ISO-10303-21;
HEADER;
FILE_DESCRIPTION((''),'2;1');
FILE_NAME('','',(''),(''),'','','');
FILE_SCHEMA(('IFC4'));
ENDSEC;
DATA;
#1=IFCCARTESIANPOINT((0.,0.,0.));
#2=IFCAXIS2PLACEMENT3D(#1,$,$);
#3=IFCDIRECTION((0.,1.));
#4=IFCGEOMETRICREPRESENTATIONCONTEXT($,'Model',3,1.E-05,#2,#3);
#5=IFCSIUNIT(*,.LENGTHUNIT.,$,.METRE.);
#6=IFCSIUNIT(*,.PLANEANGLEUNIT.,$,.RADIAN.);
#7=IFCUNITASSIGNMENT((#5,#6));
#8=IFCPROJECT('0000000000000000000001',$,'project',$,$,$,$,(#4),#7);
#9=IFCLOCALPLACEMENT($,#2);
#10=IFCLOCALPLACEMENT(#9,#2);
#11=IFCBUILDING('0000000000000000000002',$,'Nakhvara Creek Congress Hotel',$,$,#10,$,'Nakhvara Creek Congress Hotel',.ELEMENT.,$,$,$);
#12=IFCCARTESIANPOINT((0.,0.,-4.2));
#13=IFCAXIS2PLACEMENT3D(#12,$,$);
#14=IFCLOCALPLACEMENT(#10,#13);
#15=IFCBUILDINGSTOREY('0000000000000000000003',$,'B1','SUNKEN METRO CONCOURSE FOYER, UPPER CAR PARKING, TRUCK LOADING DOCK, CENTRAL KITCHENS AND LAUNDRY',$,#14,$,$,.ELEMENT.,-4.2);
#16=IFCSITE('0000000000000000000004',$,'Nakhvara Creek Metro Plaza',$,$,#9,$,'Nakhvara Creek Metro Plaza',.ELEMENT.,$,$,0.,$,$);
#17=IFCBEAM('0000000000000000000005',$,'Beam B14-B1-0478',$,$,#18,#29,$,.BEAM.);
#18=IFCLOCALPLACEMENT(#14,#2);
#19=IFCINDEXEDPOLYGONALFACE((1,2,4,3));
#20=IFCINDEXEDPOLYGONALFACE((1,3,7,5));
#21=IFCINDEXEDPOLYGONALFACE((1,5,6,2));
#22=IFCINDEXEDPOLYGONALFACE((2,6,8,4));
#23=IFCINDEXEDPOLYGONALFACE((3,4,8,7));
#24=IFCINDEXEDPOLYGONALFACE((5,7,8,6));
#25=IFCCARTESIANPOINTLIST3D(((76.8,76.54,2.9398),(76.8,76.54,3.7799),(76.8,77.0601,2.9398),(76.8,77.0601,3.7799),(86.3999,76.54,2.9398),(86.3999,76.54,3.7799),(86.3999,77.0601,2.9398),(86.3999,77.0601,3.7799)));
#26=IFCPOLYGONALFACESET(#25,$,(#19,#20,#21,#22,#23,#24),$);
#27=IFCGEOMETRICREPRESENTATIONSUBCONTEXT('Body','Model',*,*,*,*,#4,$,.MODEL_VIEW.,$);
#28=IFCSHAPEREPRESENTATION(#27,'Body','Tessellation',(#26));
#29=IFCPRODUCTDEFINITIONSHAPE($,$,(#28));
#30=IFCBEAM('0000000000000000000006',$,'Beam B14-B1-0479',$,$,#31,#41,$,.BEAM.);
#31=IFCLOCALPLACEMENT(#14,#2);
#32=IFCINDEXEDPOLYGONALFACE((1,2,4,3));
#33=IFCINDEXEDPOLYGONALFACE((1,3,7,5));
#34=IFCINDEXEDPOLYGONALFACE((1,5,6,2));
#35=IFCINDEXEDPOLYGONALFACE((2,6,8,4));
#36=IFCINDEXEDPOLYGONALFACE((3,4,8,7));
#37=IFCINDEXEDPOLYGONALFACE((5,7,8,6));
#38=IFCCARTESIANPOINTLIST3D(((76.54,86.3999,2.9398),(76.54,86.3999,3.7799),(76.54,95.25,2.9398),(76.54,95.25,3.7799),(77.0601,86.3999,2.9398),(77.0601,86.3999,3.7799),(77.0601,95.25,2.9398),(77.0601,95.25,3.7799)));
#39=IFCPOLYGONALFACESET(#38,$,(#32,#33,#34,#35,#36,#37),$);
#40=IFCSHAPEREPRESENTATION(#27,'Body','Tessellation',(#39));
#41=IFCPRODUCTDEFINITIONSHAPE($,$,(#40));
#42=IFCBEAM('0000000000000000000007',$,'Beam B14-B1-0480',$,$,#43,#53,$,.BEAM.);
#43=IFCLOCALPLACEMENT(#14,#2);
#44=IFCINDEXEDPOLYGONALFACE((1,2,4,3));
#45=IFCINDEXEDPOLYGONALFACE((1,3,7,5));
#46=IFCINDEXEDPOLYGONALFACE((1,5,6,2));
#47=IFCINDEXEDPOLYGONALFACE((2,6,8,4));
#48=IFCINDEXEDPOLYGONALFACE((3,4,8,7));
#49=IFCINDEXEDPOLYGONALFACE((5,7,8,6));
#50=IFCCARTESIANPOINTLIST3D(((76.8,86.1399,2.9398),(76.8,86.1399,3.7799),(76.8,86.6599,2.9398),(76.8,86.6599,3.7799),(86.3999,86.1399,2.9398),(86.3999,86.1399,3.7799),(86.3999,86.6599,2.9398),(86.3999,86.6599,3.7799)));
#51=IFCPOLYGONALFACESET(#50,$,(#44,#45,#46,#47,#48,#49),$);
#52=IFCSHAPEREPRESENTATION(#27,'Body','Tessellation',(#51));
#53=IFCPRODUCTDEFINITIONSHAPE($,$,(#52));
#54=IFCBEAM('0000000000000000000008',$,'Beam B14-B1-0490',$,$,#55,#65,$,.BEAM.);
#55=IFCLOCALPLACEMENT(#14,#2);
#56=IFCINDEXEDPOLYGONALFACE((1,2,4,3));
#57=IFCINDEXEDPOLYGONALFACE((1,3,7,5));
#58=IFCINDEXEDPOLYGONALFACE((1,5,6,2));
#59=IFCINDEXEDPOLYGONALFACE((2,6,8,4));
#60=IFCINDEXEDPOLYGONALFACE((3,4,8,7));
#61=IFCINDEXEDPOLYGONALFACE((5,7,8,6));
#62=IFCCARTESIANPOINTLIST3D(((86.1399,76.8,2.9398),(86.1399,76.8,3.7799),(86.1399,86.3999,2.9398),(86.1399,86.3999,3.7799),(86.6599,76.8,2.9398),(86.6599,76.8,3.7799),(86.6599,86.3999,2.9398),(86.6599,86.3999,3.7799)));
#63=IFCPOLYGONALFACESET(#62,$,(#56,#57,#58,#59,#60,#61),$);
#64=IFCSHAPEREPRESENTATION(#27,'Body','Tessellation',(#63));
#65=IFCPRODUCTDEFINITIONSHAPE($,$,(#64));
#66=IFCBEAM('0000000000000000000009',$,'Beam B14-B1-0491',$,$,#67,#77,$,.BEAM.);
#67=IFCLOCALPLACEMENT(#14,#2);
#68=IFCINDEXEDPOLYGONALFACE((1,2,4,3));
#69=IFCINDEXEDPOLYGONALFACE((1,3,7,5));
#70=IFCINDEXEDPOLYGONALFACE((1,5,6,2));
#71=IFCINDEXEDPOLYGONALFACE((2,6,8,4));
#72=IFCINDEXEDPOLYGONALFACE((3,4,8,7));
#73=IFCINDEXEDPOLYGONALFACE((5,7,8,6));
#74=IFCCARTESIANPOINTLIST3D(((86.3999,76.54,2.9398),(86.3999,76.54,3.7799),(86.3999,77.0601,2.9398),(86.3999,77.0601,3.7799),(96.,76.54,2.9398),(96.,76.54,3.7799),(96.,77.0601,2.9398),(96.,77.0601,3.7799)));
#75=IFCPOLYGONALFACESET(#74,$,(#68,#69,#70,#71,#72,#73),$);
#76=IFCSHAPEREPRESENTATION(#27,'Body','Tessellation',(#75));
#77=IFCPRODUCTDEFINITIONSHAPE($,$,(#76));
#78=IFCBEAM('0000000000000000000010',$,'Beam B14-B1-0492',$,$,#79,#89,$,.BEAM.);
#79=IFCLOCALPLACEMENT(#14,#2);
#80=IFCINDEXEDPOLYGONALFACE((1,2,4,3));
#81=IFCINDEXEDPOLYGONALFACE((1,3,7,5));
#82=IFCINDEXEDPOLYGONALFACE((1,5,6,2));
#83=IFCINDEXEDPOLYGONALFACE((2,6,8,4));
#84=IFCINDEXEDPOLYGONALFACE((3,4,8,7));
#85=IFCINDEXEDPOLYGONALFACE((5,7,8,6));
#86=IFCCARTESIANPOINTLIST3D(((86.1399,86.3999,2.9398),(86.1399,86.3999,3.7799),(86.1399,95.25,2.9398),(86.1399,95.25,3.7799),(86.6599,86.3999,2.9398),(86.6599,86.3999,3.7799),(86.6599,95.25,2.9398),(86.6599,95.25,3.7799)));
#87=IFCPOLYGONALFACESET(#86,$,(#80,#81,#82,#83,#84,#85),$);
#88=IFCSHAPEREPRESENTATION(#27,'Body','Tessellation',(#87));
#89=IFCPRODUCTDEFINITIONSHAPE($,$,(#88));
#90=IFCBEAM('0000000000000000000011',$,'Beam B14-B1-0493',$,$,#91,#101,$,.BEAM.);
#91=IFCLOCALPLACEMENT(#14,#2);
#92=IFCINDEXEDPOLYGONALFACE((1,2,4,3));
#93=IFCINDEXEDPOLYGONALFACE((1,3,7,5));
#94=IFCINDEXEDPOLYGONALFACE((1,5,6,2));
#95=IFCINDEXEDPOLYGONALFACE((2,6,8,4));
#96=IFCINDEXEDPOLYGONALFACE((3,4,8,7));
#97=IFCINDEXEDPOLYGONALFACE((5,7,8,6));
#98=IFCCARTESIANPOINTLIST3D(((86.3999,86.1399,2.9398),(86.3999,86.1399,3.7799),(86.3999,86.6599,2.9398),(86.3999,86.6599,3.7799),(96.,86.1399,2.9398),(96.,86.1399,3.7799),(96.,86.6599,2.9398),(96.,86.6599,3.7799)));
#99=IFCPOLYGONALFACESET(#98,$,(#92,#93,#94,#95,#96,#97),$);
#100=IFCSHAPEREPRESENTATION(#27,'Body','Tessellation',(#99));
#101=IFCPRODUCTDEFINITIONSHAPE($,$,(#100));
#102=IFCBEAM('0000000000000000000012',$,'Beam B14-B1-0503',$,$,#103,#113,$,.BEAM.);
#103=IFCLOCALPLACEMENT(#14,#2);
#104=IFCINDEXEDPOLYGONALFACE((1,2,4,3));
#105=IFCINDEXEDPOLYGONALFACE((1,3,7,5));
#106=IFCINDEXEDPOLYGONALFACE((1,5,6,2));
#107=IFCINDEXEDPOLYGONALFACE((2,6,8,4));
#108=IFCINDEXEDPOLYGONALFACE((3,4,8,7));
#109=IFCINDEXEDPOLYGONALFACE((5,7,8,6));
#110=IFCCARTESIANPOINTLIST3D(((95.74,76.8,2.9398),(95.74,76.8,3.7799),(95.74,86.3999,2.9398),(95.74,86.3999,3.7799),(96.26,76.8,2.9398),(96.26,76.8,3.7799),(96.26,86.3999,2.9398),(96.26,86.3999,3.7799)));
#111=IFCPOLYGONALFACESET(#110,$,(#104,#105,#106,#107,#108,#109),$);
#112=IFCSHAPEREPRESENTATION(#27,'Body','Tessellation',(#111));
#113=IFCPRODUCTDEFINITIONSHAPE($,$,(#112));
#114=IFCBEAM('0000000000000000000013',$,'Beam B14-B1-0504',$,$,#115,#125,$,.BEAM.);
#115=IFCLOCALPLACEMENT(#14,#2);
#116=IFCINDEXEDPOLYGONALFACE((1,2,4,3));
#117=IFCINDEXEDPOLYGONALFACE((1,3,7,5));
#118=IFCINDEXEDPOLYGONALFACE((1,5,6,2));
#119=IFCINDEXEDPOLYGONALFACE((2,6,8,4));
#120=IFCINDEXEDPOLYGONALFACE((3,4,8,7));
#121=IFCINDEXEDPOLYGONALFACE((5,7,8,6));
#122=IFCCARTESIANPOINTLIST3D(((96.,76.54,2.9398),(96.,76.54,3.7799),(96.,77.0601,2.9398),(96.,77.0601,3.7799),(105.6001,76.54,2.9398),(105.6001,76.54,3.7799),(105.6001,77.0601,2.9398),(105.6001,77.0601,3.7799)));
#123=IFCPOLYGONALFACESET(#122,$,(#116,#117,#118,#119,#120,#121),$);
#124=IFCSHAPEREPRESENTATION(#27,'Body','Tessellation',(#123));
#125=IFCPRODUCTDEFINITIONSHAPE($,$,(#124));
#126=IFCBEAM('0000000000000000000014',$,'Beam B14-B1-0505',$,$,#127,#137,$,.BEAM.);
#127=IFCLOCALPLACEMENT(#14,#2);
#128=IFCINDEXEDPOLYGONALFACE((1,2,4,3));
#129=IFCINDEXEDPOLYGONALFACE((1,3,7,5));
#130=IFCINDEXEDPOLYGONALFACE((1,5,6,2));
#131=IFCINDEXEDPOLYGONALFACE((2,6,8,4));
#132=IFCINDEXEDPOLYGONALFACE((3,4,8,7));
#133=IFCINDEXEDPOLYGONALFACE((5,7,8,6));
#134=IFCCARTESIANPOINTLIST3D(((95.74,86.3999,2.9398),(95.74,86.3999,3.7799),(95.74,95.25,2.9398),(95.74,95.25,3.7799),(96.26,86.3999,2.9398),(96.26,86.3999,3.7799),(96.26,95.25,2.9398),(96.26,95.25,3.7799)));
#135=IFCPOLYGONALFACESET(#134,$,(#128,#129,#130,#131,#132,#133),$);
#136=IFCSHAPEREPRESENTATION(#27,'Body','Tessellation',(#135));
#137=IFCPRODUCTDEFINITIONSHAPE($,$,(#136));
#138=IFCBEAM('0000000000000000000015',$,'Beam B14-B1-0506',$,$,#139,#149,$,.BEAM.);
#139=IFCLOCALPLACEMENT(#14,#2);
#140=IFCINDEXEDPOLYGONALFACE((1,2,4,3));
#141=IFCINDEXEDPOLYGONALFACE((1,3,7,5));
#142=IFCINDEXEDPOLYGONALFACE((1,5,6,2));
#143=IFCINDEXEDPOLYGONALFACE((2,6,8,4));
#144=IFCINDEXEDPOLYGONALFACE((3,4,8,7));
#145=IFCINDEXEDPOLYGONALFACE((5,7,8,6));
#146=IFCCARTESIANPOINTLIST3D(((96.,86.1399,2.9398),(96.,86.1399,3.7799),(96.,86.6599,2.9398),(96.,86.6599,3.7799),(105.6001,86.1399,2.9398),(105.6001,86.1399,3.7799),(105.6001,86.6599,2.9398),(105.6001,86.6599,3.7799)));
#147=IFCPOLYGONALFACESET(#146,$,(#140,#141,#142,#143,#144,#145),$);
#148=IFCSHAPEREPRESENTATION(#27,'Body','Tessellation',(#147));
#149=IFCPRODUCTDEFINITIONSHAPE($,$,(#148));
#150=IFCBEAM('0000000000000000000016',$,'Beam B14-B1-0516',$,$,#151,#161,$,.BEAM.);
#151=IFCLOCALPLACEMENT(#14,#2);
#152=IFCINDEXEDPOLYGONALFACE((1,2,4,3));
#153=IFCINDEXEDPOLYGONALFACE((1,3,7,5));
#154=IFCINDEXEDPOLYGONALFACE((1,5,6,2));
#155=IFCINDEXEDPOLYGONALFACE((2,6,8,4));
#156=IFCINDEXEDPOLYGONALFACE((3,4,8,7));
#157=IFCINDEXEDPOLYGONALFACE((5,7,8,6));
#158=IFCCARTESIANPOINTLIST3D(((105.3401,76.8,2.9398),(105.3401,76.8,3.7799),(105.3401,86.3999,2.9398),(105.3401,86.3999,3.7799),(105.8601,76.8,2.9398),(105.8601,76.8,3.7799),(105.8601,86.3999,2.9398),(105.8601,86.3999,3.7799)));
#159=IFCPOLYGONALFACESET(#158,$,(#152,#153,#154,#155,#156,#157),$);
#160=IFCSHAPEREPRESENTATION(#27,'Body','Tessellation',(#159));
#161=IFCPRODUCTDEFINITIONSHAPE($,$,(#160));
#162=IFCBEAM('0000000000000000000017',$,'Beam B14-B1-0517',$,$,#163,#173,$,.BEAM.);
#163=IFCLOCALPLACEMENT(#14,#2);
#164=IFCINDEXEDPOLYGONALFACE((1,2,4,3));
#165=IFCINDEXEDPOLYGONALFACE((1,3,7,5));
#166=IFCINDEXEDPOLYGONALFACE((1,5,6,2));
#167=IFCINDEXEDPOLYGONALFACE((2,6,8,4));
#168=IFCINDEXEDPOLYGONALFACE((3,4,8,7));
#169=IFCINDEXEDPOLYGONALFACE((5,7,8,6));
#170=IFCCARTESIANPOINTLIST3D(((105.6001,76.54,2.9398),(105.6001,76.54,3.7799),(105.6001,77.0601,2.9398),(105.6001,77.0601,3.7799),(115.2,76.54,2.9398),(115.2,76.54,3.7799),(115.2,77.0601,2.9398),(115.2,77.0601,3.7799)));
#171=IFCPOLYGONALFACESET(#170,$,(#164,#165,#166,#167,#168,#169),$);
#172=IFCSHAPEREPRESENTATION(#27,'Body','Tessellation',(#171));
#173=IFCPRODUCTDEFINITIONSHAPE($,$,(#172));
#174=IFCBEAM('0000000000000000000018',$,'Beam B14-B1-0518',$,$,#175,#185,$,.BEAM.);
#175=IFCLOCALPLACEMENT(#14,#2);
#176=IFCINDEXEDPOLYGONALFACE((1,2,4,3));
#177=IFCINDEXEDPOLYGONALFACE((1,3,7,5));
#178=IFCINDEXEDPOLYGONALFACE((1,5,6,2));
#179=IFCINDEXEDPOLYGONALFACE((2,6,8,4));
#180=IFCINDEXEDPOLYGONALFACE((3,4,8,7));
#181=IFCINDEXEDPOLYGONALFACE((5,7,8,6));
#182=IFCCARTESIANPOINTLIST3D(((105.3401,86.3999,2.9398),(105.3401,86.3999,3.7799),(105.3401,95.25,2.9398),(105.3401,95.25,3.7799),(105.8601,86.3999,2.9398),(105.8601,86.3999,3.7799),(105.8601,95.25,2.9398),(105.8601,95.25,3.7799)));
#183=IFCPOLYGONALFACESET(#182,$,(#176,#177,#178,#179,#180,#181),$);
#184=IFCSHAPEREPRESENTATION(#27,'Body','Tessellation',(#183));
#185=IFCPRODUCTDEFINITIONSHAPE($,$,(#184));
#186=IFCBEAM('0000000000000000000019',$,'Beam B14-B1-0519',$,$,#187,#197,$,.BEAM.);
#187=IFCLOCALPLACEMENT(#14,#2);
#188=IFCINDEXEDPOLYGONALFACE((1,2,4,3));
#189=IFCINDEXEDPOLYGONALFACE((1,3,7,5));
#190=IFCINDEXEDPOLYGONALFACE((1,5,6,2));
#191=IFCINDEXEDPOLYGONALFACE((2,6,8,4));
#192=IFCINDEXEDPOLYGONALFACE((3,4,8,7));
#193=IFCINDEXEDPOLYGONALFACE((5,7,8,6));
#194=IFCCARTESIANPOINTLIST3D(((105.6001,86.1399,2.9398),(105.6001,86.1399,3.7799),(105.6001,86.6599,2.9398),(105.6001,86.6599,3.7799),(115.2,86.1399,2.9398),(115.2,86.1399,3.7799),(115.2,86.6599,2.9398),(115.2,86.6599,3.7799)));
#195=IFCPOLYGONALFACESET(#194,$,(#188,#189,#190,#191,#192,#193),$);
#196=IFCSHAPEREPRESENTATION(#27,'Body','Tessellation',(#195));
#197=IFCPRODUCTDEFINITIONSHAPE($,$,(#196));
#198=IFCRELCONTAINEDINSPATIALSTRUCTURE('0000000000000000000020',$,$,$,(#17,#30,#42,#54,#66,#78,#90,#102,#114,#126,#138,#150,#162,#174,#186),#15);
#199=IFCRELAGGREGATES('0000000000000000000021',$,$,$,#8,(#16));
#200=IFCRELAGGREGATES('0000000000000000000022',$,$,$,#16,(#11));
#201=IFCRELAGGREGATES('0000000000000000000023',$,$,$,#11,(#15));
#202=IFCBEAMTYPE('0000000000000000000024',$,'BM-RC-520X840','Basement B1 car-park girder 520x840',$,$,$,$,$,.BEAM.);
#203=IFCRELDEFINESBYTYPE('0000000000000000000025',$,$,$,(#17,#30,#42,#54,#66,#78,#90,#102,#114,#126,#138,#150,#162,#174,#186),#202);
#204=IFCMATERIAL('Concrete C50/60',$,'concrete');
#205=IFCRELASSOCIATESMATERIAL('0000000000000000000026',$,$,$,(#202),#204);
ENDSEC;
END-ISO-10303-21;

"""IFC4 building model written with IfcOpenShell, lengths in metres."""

from ifc_helpers import new_model, si_unit, direction, frame, origin, origin_2d, place, context, subcontext, project, spatial, rectangle, extrude, material, material_profile, profile_set, type_object, element, save


model = new_model("IFC4")

# Units and contexts
model_context = context("Model", 3, precision=1e-05, world=origin(), true_north=direction((0.0, 1.0)))
body_context = subcontext(model_context, "Body", "Model", "MODEL_VIEW")
ifc_project = project(units=[si_unit("LENGTHUNIT", "METRE"), si_unit("PLANEANGLEUNIT", "RADIAN")], contexts=[model_context])

# Site, building, storey
site_placement = place(None, origin())
site = spatial("IfcSite", under=ifc_project, at=site_placement, Name="Nakhvara Creek Metro Plaza", LongName="Nakhvara Creek Metro Plaza", CompositionType="ELEMENT", RefElevation=0.0)
building_placement = place(site_placement, origin())
building = spatial("IfcBuilding", under=site, at=building_placement, Name="Nakhvara Creek Congress Hotel", LongName="Nakhvara Creek Congress Hotel", CompositionType="ELEMENT")
storey_placement = place(building_placement, frame((0.0, 0.0, -4.2)))
storey = spatial("IfcBuildingStorey", under=building, at=storey_placement, Name="B1", Description="SUNKEN METRO CONCOURSE FOYER, UPPER CAR PARKING, TRUCK LOADING DOCK, CENTRAL KITCHENS AND LAUNDRY", CompositionType="ELEMENT", Elevation=-4.2)

# Shared definitions
ifc_material_1 = material(Name="Concrete C50/60", Category="concrete")

# Beams
ifc_material_profile_1 = material_profile(ifc_material_1, rectangle(XDim=0.52, YDim=0.8401, at=origin_2d()), Name="RC-BM 520x840", Category="LoadBearing")
ifc_profile_set_1 = profile_set([ifc_material_profile_1], Name="Concrete C50/60")
beam_type_1 = type_object("IfcBeamType", Name="BM-RC-520X840", Description="Basement B1 car-park girder 520x840", PredefinedType="BEAM", material=ifc_profile_set_1)
for number, where, z_axis, x_axis, name in (
    (1, (76.8, 76.8, 3.3599), (1.0, 0.0, 0.0), (0.0, 1.0, 0.0), "Beam B14-B1-0478"),
):
    element("IfcBeam", number, at=place(storey_placement, frame(where, z_axis=z_axis, x_axis=x_axis)), inside=storey, type_object=beam_type_1, Name=name, PredefinedType="BEAM", context=body_context, shape_type="SweptSolid", body=[
        extrude(rectangle(XDim=0.52, YDim=0.8401, at=origin_2d()), origin(), (0.0, 0.0, 1.0), 9.5999),
    ])
beam_1_placement = place(storey_placement, frame((76.8, 86.3999, 3.3599), z_axis=(0.0, 1.0, 0.0), x_axis=(-1.0, 0.0, 0.0)))
element("IfcBeam", 2, at=beam_1_placement, inside=storey, type_object=beam_type_1, Name="Beam B14-B1-0479", PredefinedType="BEAM", context=body_context, shape_type="SweptSolid", body=[
    extrude(rectangle(XDim=0.52, YDim=0.8401, at=origin_2d()), origin(), (0.0, 0.0, 1.0), 8.8501),
])
for number, where, z_axis, x_axis, name in (
    (3, (76.8, 86.3999, 3.3599), (1.0, 0.0, 0.0), (0.0, 1.0, 0.0), "Beam B14-B1-0480"),
    (4, (86.3999, 76.8, 3.3599), (0.0, 1.0, 0.0), (-1.0, 0.0, 0.0), "Beam B14-B1-0490"),
):
    element("IfcBeam", number, at=place(storey_placement, frame(where, z_axis=z_axis, x_axis=x_axis)), inside=storey, type_object=beam_type_1, Name=name, PredefinedType="BEAM", context=body_context, shape_type="SweptSolid", body=[
        extrude(rectangle(XDim=0.52, YDim=0.8401, at=origin_2d()), origin(), (0.0, 0.0, 1.0), 9.5999),
    ])
beam_2_placement = place(storey_placement, frame((86.3999, 76.8, 3.3599), z_axis=(1.0, 0.0, 0.0), x_axis=(0.0, 1.0, 0.0)))
element("IfcBeam", 5, at=beam_2_placement, inside=storey, type_object=beam_type_1, Name="Beam B14-B1-0491", PredefinedType="BEAM", context=body_context, shape_type="SweptSolid", body=[
    extrude(rectangle(XDim=0.52, YDim=0.8401, at=origin_2d()), origin(), (0.0, 0.0, 1.0), 9.6001),
])
beam_3_placement = place(storey_placement, frame((86.3999, 86.3999, 3.3599), z_axis=(0.0, 1.0, 0.0), x_axis=(-1.0, 0.0, 0.0)))
element("IfcBeam", 6, at=beam_3_placement, inside=storey, type_object=beam_type_1, Name="Beam B14-B1-0492", PredefinedType="BEAM", context=body_context, shape_type="SweptSolid", body=[
    extrude(rectangle(XDim=0.52, YDim=0.8401, at=origin_2d()), origin(), (0.0, 0.0, 1.0), 8.8501),
])
beam_4_placement = place(storey_placement, frame((86.3999, 86.3999, 3.3599), z_axis=(1.0, 0.0, 0.0), x_axis=(0.0, 1.0, 0.0)))
element("IfcBeam", 7, at=beam_4_placement, inside=storey, type_object=beam_type_1, Name="Beam B14-B1-0493", PredefinedType="BEAM", context=body_context, shape_type="SweptSolid", body=[
    extrude(rectangle(XDim=0.52, YDim=0.8401, at=origin_2d()), origin(), (0.0, 0.0, 1.0), 9.6001),
])
beam_5_placement = place(storey_placement, frame((96.0, 76.8, 3.3599), z_axis=(0.0, 1.0, 0.0), x_axis=(-1.0, 0.0, 0.0)))
element("IfcBeam", 8, at=beam_5_placement, inside=storey, type_object=beam_type_1, Name="Beam B14-B1-0503", PredefinedType="BEAM", context=body_context, shape_type="SweptSolid", body=[
    extrude(rectangle(XDim=0.52, YDim=0.8401, at=origin_2d()), origin(), (0.0, 0.0, 1.0), 9.5999),
])
beam_6_placement = place(storey_placement, frame((96.0, 76.8, 3.3599), z_axis=(1.0, 0.0, 0.0), x_axis=(0.0, 1.0, 0.0)))
element("IfcBeam", 9, at=beam_6_placement, inside=storey, type_object=beam_type_1, Name="Beam B14-B1-0504", PredefinedType="BEAM", context=body_context, shape_type="SweptSolid", body=[
    extrude(rectangle(XDim=0.52, YDim=0.8401, at=origin_2d()), origin(), (0.0, 0.0, 1.0), 9.6001),
])
beam_7_placement = place(storey_placement, frame((96.0, 86.3999, 3.3599), z_axis=(0.0, 1.0, 0.0), x_axis=(-1.0, 0.0, 0.0)))
element("IfcBeam", 10, at=beam_7_placement, inside=storey, type_object=beam_type_1, Name="Beam B14-B1-0505", PredefinedType="BEAM", context=body_context, shape_type="SweptSolid", body=[
    extrude(rectangle(XDim=0.52, YDim=0.8401, at=origin_2d()), origin(), (0.0, 0.0, 1.0), 8.8501),
])
beam_8_placement = place(storey_placement, frame((96.0, 86.3999, 3.3599), z_axis=(1.0, 0.0, 0.0), x_axis=(0.0, 1.0, 0.0)))
element("IfcBeam", 11, at=beam_8_placement, inside=storey, type_object=beam_type_1, Name="Beam B14-B1-0506", PredefinedType="BEAM", context=body_context, shape_type="SweptSolid", body=[
    extrude(rectangle(XDim=0.52, YDim=0.8401, at=origin_2d()), origin(), (0.0, 0.0, 1.0), 9.6001),
])
for number, where, z_axis, x_axis, name in (
    (12, (105.6001, 76.8, 3.3599), (0.0, 1.0, 0.0), (-1.0, 0.0, 0.0), "Beam B14-B1-0516"),
    (13, (105.6001, 76.8, 3.3599), (1.0, 0.0, 0.0), (0.0, 1.0, 0.0), "Beam B14-B1-0517"),
):
    element("IfcBeam", number, at=place(storey_placement, frame(where, z_axis=z_axis, x_axis=x_axis)), inside=storey, type_object=beam_type_1, Name=name, PredefinedType="BEAM", context=body_context, shape_type="SweptSolid", body=[
        extrude(rectangle(XDim=0.52, YDim=0.8401, at=origin_2d()), origin(), (0.0, 0.0, 1.0), 9.5999),
    ])
beam_9_placement = place(storey_placement, frame((105.6001, 86.3999, 3.3599), z_axis=(0.0, 1.0, 0.0), x_axis=(-1.0, 0.0, 0.0)))
element("IfcBeam", 14, at=beam_9_placement, inside=storey, type_object=beam_type_1, Name="Beam B14-B1-0518", PredefinedType="BEAM", context=body_context, shape_type="SweptSolid", body=[
    extrude(rectangle(XDim=0.52, YDim=0.8401, at=origin_2d()), origin(), (0.0, 0.0, 1.0), 8.8501),
])
beam_10_placement = place(storey_placement, frame((105.6001, 86.3999, 3.3599), z_axis=(1.0, 0.0, 0.0), x_axis=(0.0, 1.0, 0.0)))
element("IfcBeam", 15, at=beam_10_placement, inside=storey, type_object=beam_type_1, Name="Beam B14-B1-0519", PredefinedType="BEAM", context=body_context, shape_type="SweptSolid", body=[
    extrude(rectangle(XDim=0.52, YDim=0.8401, at=origin_2d()), origin(), (0.0, 0.0, 1.0), 9.5999),
])

save(model, "model.ifc")
